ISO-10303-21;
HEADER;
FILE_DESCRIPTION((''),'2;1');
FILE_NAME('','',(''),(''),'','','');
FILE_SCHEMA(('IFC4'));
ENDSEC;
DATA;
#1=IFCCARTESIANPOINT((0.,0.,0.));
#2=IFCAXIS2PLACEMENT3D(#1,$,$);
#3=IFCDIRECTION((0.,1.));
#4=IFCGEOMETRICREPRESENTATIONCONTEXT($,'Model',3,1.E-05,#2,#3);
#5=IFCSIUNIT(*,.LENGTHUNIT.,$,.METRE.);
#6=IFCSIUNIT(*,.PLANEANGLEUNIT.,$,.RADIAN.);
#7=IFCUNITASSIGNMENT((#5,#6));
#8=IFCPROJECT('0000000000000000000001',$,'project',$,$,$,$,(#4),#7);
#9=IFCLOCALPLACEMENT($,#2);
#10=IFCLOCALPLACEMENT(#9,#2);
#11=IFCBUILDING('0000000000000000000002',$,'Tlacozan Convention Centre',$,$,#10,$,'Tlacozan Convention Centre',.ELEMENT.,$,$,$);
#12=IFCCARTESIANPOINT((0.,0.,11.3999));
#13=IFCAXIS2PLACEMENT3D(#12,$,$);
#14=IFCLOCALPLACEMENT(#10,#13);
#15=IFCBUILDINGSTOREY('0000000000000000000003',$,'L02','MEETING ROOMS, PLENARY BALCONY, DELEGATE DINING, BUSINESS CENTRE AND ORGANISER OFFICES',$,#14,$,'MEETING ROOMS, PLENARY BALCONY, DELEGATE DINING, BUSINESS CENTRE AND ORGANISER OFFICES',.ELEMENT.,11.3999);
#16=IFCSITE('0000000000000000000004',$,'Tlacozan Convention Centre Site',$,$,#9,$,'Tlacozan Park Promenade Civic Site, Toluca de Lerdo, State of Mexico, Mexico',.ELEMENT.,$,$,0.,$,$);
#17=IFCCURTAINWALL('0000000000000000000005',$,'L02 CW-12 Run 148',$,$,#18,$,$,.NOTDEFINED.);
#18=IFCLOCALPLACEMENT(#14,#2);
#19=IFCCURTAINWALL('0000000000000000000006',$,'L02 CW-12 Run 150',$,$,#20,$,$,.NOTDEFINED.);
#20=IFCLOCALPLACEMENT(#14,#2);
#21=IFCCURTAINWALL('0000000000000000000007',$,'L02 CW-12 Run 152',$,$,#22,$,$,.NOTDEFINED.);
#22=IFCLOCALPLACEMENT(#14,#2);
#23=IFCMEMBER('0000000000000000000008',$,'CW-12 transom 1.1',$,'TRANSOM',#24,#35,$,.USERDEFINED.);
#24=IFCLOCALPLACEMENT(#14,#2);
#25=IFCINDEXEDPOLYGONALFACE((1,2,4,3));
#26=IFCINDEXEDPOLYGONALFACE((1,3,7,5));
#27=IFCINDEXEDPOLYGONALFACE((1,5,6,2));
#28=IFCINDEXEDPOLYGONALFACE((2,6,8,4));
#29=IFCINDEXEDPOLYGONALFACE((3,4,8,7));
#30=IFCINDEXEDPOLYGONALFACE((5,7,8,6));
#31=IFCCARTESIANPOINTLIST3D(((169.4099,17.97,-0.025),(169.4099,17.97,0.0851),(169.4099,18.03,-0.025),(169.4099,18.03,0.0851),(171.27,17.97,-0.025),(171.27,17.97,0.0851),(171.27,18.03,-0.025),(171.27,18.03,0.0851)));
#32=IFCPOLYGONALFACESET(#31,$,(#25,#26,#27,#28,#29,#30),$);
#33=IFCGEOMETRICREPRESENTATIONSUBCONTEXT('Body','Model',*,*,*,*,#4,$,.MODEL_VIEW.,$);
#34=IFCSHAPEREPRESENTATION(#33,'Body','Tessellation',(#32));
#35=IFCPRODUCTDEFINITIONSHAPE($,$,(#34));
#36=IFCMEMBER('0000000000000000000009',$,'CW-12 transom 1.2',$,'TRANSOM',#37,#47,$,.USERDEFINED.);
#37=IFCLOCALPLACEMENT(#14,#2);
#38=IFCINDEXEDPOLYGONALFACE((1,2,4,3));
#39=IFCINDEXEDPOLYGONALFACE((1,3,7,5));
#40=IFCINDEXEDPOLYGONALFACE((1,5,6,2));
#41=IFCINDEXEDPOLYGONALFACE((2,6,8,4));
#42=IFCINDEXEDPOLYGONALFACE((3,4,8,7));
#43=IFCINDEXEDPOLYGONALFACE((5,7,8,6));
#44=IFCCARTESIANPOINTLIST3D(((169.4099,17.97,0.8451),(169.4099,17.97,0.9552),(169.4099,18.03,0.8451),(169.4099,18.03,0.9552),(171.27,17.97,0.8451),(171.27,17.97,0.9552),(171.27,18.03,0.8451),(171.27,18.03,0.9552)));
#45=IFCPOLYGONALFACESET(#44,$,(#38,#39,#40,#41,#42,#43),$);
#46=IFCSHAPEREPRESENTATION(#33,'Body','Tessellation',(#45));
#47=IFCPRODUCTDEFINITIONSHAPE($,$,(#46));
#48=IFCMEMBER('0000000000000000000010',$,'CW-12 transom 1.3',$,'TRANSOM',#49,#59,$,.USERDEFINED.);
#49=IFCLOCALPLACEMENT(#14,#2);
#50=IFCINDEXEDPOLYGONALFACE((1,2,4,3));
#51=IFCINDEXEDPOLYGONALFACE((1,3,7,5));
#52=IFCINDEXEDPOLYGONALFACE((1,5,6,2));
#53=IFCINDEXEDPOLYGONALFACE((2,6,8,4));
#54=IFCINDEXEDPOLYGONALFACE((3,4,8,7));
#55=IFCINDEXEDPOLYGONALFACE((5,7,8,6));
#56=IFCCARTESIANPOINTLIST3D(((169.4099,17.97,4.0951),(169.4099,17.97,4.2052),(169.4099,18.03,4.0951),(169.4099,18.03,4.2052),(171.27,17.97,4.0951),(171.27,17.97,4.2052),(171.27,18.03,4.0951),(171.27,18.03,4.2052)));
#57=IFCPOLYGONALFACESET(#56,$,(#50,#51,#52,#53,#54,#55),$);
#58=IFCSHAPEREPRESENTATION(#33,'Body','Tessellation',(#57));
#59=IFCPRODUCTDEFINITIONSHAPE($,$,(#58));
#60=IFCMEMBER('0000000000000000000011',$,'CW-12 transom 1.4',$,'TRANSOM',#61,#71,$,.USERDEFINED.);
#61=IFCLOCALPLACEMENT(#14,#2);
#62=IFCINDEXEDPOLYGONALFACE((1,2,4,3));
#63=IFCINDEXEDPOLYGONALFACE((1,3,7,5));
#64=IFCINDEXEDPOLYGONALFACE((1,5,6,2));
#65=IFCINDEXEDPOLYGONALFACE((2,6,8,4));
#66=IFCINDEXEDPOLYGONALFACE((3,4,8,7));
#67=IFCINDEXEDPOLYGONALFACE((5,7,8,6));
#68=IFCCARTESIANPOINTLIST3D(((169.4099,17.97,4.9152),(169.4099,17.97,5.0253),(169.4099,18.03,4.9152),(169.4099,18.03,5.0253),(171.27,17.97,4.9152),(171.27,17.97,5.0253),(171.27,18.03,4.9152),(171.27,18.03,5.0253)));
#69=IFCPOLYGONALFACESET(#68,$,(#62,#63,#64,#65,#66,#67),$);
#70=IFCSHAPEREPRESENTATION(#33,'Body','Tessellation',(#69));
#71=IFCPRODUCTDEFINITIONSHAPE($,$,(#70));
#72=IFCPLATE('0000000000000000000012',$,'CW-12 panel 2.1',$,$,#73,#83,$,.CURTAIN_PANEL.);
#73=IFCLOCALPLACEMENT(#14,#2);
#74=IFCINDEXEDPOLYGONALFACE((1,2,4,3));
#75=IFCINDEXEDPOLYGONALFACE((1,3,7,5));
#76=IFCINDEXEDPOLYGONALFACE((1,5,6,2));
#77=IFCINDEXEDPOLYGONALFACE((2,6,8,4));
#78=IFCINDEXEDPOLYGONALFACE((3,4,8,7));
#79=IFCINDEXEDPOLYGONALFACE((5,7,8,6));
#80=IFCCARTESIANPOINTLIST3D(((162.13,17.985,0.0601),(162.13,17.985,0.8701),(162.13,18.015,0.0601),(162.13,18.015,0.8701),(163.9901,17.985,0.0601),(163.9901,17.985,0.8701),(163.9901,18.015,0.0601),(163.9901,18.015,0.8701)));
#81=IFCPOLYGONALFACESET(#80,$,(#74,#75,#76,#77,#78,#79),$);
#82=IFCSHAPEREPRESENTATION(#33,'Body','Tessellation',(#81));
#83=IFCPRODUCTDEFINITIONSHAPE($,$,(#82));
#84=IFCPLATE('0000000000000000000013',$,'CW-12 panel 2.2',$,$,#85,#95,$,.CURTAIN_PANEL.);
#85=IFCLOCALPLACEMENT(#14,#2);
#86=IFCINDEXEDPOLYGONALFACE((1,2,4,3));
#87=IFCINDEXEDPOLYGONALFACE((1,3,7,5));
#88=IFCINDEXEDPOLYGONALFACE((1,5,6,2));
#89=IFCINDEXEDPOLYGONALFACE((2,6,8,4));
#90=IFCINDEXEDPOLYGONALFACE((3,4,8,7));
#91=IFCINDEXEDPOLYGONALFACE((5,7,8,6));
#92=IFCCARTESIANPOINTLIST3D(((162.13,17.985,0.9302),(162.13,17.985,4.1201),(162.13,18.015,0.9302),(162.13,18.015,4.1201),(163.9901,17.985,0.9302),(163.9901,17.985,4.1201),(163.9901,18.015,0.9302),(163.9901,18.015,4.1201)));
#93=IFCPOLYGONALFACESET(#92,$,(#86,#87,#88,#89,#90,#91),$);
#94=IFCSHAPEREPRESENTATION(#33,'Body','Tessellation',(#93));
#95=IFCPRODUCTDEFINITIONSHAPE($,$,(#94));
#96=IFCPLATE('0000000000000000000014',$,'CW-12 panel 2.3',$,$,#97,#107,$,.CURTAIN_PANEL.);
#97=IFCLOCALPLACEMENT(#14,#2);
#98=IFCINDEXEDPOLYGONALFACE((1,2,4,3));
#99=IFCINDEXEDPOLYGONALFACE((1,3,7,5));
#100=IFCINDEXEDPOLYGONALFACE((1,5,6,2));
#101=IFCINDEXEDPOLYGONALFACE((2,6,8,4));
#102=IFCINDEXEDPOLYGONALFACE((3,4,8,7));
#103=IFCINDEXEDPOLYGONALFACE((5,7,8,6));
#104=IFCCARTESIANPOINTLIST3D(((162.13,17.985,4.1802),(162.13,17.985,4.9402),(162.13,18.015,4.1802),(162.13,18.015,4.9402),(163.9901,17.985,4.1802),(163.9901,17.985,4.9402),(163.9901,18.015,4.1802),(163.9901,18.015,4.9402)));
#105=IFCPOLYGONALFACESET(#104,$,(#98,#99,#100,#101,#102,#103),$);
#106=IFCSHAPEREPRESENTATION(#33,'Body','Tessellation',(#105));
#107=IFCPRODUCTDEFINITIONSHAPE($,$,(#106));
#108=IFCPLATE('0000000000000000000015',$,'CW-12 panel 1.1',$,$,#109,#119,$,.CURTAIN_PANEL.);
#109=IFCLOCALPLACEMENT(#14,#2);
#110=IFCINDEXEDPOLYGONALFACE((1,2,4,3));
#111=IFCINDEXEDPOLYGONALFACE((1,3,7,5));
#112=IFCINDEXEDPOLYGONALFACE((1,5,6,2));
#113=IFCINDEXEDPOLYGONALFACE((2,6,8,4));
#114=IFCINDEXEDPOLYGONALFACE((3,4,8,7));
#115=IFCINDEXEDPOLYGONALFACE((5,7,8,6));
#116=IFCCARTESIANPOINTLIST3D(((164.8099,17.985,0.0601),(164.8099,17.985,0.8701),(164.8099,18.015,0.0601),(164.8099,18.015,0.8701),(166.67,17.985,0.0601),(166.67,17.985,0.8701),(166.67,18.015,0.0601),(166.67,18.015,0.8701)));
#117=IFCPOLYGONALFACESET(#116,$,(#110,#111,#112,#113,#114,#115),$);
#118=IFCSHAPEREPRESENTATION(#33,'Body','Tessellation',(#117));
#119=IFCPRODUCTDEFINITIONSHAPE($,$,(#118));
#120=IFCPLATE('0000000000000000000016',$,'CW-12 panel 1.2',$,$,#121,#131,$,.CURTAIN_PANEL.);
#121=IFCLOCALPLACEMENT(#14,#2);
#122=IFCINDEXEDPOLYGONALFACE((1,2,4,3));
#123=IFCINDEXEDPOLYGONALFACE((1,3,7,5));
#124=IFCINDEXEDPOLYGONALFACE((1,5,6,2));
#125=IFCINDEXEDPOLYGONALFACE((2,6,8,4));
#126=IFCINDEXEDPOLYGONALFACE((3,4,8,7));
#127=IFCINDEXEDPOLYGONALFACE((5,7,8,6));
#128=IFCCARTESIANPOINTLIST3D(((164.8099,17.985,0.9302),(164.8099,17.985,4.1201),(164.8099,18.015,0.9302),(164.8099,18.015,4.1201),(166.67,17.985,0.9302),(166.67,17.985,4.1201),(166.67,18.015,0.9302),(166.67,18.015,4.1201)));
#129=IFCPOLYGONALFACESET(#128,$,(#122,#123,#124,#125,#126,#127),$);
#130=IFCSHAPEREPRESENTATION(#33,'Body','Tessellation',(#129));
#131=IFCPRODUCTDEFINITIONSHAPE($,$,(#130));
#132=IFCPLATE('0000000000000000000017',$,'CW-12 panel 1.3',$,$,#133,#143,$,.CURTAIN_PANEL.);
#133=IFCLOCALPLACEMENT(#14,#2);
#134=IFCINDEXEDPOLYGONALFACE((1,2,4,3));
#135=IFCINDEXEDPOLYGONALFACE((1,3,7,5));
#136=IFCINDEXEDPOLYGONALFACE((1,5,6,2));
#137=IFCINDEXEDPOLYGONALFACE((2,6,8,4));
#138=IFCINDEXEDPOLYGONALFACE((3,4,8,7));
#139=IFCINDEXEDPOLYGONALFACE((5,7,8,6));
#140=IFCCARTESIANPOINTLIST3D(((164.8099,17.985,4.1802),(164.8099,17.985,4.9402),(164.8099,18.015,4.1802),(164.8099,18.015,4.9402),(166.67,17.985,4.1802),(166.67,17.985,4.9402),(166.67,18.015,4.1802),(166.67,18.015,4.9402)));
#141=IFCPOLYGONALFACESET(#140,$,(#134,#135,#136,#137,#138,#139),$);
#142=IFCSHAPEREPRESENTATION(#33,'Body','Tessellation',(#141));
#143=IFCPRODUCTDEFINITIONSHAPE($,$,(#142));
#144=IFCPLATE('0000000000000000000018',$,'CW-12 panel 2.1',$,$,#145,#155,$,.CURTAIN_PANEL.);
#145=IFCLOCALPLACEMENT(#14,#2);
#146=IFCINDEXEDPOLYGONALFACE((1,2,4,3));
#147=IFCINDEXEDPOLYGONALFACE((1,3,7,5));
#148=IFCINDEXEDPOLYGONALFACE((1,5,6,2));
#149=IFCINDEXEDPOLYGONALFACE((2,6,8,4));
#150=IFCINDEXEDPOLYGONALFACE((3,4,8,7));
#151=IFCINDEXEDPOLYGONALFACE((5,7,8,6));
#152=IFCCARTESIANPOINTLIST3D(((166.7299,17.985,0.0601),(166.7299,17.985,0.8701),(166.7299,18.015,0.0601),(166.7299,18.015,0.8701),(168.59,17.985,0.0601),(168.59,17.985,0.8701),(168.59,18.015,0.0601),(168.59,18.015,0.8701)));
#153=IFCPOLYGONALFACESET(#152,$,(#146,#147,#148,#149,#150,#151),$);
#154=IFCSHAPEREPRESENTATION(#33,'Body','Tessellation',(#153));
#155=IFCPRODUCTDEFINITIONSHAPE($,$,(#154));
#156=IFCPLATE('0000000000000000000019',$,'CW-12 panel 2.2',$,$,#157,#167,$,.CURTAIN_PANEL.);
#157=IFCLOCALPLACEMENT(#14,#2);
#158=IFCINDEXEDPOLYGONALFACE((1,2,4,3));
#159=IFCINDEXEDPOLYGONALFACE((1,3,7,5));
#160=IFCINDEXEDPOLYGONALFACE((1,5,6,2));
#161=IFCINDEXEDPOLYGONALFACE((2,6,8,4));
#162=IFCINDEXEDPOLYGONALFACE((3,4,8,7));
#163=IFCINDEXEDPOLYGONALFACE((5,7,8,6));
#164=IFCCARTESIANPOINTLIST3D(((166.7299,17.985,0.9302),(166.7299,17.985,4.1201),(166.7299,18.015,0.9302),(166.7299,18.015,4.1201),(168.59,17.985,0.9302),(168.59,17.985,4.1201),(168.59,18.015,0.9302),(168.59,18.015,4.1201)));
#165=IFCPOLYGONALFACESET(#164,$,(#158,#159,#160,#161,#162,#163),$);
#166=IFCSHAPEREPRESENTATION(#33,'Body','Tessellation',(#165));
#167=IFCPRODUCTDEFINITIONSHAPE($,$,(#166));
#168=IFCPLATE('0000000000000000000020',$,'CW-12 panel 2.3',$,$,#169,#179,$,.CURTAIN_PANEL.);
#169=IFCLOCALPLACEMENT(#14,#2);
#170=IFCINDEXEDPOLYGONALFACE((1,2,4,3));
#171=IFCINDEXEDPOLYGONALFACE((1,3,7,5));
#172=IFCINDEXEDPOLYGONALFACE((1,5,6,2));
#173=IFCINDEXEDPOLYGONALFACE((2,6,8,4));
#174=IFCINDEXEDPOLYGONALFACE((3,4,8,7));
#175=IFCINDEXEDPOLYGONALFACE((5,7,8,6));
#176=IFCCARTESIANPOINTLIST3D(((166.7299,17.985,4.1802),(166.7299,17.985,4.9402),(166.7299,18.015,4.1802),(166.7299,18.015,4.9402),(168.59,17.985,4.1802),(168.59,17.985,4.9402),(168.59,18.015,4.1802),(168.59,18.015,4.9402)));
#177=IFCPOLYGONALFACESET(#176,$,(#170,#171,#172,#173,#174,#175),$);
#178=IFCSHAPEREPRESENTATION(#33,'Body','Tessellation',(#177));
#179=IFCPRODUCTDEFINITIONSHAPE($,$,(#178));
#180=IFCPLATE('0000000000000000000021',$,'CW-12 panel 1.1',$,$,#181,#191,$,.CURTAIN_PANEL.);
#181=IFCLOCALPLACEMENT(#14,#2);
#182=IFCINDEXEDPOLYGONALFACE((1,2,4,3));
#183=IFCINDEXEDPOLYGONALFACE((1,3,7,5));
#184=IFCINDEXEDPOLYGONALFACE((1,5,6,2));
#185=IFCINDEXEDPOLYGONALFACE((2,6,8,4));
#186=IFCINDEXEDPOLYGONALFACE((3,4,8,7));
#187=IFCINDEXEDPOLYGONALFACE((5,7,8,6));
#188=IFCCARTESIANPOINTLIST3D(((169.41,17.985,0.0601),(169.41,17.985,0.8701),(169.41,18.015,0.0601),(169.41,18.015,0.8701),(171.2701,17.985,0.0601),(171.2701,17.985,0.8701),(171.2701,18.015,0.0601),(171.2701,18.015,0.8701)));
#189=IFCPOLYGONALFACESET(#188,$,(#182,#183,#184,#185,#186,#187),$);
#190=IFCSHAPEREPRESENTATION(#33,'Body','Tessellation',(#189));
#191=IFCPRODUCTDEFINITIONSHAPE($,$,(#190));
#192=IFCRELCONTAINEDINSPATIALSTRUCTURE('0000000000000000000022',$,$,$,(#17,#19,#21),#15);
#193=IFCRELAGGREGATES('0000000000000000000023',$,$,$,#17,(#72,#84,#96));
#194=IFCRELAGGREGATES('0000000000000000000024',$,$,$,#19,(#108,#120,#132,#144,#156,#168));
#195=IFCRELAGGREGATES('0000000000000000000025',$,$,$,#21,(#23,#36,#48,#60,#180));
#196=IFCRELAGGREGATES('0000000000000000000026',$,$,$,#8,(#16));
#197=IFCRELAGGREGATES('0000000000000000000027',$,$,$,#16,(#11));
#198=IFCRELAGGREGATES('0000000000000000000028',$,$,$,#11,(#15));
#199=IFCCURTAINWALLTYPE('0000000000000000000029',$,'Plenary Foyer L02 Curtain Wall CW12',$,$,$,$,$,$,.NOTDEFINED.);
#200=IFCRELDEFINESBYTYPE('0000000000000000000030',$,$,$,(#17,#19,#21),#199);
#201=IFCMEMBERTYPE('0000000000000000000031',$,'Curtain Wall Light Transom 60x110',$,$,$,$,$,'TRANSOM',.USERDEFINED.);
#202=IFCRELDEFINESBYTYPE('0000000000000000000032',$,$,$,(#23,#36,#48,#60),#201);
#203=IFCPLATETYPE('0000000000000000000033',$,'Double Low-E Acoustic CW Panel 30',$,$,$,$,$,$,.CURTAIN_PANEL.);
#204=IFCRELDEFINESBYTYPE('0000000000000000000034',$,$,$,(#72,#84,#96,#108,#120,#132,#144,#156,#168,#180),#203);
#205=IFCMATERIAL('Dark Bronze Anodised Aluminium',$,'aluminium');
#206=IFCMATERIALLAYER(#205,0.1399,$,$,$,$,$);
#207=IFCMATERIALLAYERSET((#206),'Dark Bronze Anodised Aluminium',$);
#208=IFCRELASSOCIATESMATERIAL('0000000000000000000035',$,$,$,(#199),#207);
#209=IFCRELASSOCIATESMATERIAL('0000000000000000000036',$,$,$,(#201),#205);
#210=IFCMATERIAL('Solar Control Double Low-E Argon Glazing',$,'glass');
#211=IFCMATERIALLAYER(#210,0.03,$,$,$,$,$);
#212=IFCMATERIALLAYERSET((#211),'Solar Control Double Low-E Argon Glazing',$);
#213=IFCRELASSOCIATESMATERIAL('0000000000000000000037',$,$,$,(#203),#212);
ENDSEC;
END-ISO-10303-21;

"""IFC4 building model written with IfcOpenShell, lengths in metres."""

from ifc_helpers import new_model, si_unit, direction, frame, origin, origin_2d, place, context, subcontext, project, spatial, rectangle, extrude, material, layer, layer_set, material_profile, profile_set, type_object, element, aggregate, save


model = new_model("IFC4")

# Units and contexts
model_context = context("Model", 3, precision=1e-05, world=origin(), true_north=direction((0.0, 1.0)))
body_context = subcontext(model_context, "Body", "Model", "MODEL_VIEW")
ifc_project = project(units=[si_unit("LENGTHUNIT", "METRE"), si_unit("PLANEANGLEUNIT", "RADIAN")], contexts=[model_context])

# Site, building, storey
site_placement = place(None, origin())
site = spatial("IfcSite", under=ifc_project, at=site_placement, Name="Tlacozan Convention Centre Site", LongName="Tlacozan Park Promenade Civic Site, Toluca de Lerdo, State of Mexico, Mexico", CompositionType="ELEMENT", RefElevation=0.0)
building_placement = place(site_placement, origin())
building = spatial("IfcBuilding", under=site, at=building_placement, Name="Tlacozan Convention Centre", LongName="Tlacozan Convention Centre", CompositionType="ELEMENT")
storey_placement = place(building_placement, frame((0.0, 0.0, 11.3999)))
storey = spatial("IfcBuildingStorey", under=building, at=storey_placement, Name="L02", Description="MEETING ROOMS, PLENARY BALCONY, DELEGATE DINING, BUSINESS CENTRE AND ORGANISER OFFICES", LongName="MEETING ROOMS, PLENARY BALCONY, DELEGATE DINING, BUSINESS CENTRE AND ORGANISER OFFICES", CompositionType="ELEMENT", Elevation=11.3999)

# Curtain wall
ifc_material_1 = material(Name="Dark Bronze Anodised Aluminium", Category="aluminium")
ifc_layer_1 = layer(ifc_material_1, 0.1399)
ifc_layer_set_1 = layer_set([ifc_layer_1], Name="Dark Bronze Anodised Aluminium")
curtain_wall_type = type_object("IfcCurtainWallType", Name="Plenary Foyer L02 Curtain Wall CW12", PredefinedType="NOTDEFINED", material=ifc_layer_set_1)
curtain_wall_1_placement = place(storey_placement, origin())
curtain_wall_1 = element("IfcCurtainWall", 1, at=curtain_wall_1_placement, inside=storey, type_object=curtain_wall_type, Name="L02 CW-12 Run 148", PredefinedType="NOTDEFINED")

# Curtain wall
curtain_wall_2_placement = place(storey_placement, origin())
curtain_wall_2 = element("IfcCurtainWall", 2, at=curtain_wall_2_placement, inside=storey, type_object=curtain_wall_type, Name="L02 CW-12 Run 150", PredefinedType="NOTDEFINED")

# Curtain wall
curtain_wall_3_placement = place(storey_placement, origin())
curtain_wall_3 = element("IfcCurtainWall", 3, at=curtain_wall_3_placement, inside=storey, type_object=curtain_wall_type, Name="L02 CW-12 Run 152", PredefinedType="NOTDEFINED")

# Members
ifc_material_profile_1 = material_profile(ifc_material_1, rectangle(XDim=0.0601, YDim=0.1101, at=origin_2d()), Name="ALU 60x110")
ifc_profile_set_1 = profile_set([ifc_material_profile_1], Name="Dark Bronze Anodised Aluminium")
member_type_1 = type_object("IfcMemberType", Name="Curtain Wall Light Transom 60x110", ElementType="TRANSOM", PredefinedType="USERDEFINED", material=ifc_profile_set_1)
member_1_placement = place(storey_placement, frame((169.4099, 18.0, 0.03), z_axis=(1.0, 0.0, 0.0), x_axis=(0.0, 1.0, 0.0)))
member_1 = element("IfcMember", 4, at=member_1_placement, type_object=member_type_1, Name="CW-12 transom 1.1", ObjectType="TRANSOM", PredefinedType="USERDEFINED", context=body_context, shape_type="SweptSolid", body=[
    extrude(rectangle(XDim=0.0601, YDim=0.1101, at=origin_2d()), origin(), (0.0, 0.0, 1.0), 1.8601),
])
member_2_placement = place(storey_placement, frame((169.4099, 18.0, 0.9001), z_axis=(1.0, 0.0, 0.0), x_axis=(0.0, 1.0, 0.0)))
member_2 = element("IfcMember", 5, at=member_2_placement, type_object=member_type_1, Name="CW-12 transom 1.2", ObjectType="TRANSOM", PredefinedType="USERDEFINED", context=body_context, shape_type="SweptSolid", body=[
    extrude(rectangle(XDim=0.0601, YDim=0.1101, at=origin_2d()), origin(), (0.0, 0.0, 1.0), 1.8601),
])
member_3_placement = place(storey_placement, frame((169.4099, 18.0, 4.1501), z_axis=(1.0, 0.0, 0.0), x_axis=(0.0, 1.0, 0.0)))
member_3 = element("IfcMember", 6, at=member_3_placement, type_object=member_type_1, Name="CW-12 transom 1.3", ObjectType="TRANSOM", PredefinedType="USERDEFINED", context=body_context, shape_type="SweptSolid", body=[
    extrude(rectangle(XDim=0.0601, YDim=0.1101, at=origin_2d()), origin(), (0.0, 0.0, 1.0), 1.8601),
])
member_4_placement = place(storey_placement, frame((169.4099, 18.0, 4.9702), z_axis=(1.0, 0.0, 0.0), x_axis=(0.0, 1.0, 0.0)))
member_4 = element("IfcMember", 7, at=member_4_placement, type_object=member_type_1, Name="CW-12 transom 1.4", ObjectType="TRANSOM", PredefinedType="USERDEFINED", context=body_context, shape_type="SweptSolid", body=[
    extrude(rectangle(XDim=0.0601, YDim=0.1101, at=origin_2d()), origin(), (0.0, 0.0, 1.0), 1.8601),
])

# Plates
ifc_material_2 = material(Name="Solar Control Double Low-E Argon Glazing", Category="glass")
ifc_layer_2 = layer(ifc_material_2, 0.03)
ifc_layer_set_2 = layer_set([ifc_layer_2], Name="Solar Control Double Low-E Argon Glazing")
plate_type = type_object("IfcPlateType", Name="Double Low-E Acoustic CW Panel 30", PredefinedType="CURTAIN_PANEL", material=ifc_layer_set_2)
plate_1_placement = place(storey_placement, frame((163.0601, 18.0, 0.0601), z_axis=(0.0, 0.0, 1.0), x_axis=(1.0, 0.0, 0.0)))
plate_1 = element("IfcPlate", 8, at=plate_1_placement, type_object=plate_type, Name="CW-12 panel 2.1", PredefinedType="CURTAIN_PANEL", context=body_context, shape_type="SweptSolid", body=[
    extrude(rectangle(XDim=1.8601, YDim=0.03, at=origin_2d()), origin(), (0.0, 0.0, 1.0), 0.8101),
])
plate_2_placement = place(storey_placement, frame((163.0601, 18.0, 0.9302), z_axis=(0.0, 0.0, 1.0), x_axis=(1.0, 0.0, 0.0)))
plate_2 = element("IfcPlate", 9, at=plate_2_placement, type_object=plate_type, Name="CW-12 panel 2.2", PredefinedType="CURTAIN_PANEL", context=body_context, shape_type="SweptSolid", body=[
    extrude(rectangle(XDim=1.8601, YDim=0.03, at=origin_2d()), origin(), (0.0, 0.0, 1.0), 3.1899),
])
plate_3_placement = place(storey_placement, frame((163.0601, 18.0, 4.1802), z_axis=(0.0, 0.0, 1.0), x_axis=(1.0, 0.0, 0.0)))
plate_3 = element("IfcPlate", 10, at=plate_3_placement, type_object=plate_type, Name="CW-12 panel 2.3", PredefinedType="CURTAIN_PANEL", context=body_context, shape_type="SweptSolid", body=[
    extrude(rectangle(XDim=1.8601, YDim=0.03, at=origin_2d()), origin(), (0.0, 0.0, 1.0), 0.76),
])
aggregate(curtain_wall_1, [plate_1, plate_2, plate_3])
plate_4_placement = place(storey_placement, frame((165.74, 18.0, 0.0601), z_axis=(0.0, 0.0, 1.0), x_axis=(1.0, 0.0, 0.0)))
plate_4 = element("IfcPlate", 11, at=plate_4_placement, type_object=plate_type, Name="CW-12 panel 1.1", PredefinedType="CURTAIN_PANEL", context=body_context, shape_type="SweptSolid", body=[
    extrude(rectangle(XDim=1.8601, YDim=0.03, at=origin_2d()), origin(), (0.0, 0.0, 1.0), 0.8101),
])
plate_5_placement = place(storey_placement, frame((165.74, 18.0, 0.9302), z_axis=(0.0, 0.0, 1.0), x_axis=(1.0, 0.0, 0.0)))
plate_5 = element("IfcPlate", 12, at=plate_5_placement, type_object=plate_type, Name="CW-12 panel 1.2", PredefinedType="CURTAIN_PANEL", context=body_context, shape_type="SweptSolid", body=[
    extrude(rectangle(XDim=1.8601, YDim=0.03, at=origin_2d()), origin(), (0.0, 0.0, 1.0), 3.1899),
])
plate_6_placement = place(storey_placement, frame((165.74, 18.0, 4.1802), z_axis=(0.0, 0.0, 1.0), x_axis=(1.0, 0.0, 0.0)))
plate_6 = element("IfcPlate", 13, at=plate_6_placement, type_object=plate_type, Name="CW-12 panel 1.3", PredefinedType="CURTAIN_PANEL", context=body_context, shape_type="SweptSolid", body=[
    extrude(rectangle(XDim=1.8601, YDim=0.03, at=origin_2d()), origin(), (0.0, 0.0, 1.0), 0.76),
])
plate_7_placement = place(storey_placement, frame((167.6599, 18.0, 0.0601), z_axis=(0.0, 0.0, 1.0), x_axis=(1.0, 0.0, 0.0)))
plate_7 = element("IfcPlate", 14, at=plate_7_placement, type_object=plate_type, Name="CW-12 panel 2.1", PredefinedType="CURTAIN_PANEL", context=body_context, shape_type="SweptSolid", body=[
    extrude(rectangle(XDim=1.8601, YDim=0.03, at=origin_2d()), origin(), (0.0, 0.0, 1.0), 0.8101),
])
plate_8_placement = place(storey_placement, frame((167.6599, 18.0, 0.9302), z_axis=(0.0, 0.0, 1.0), x_axis=(1.0, 0.0, 0.0)))
plate_8 = element("IfcPlate", 15, at=plate_8_placement, type_object=plate_type, Name="CW-12 panel 2.2", PredefinedType="CURTAIN_PANEL", context=body_context, shape_type="SweptSolid", body=[
    extrude(rectangle(XDim=1.8601, YDim=0.03, at=origin_2d()), origin(), (0.0, 0.0, 1.0), 3.1899),
])
plate_9_placement = place(storey_placement, frame((167.6599, 18.0, 4.1802), z_axis=(0.0, 0.0, 1.0), x_axis=(1.0, 0.0, 0.0)))
plate_9 = element("IfcPlate", 16, at=plate_9_placement, type_object=plate_type, Name="CW-12 panel 2.3", PredefinedType="CURTAIN_PANEL", context=body_context, shape_type="SweptSolid", body=[
    extrude(rectangle(XDim=1.8601, YDim=0.03, at=origin_2d()), origin(), (0.0, 0.0, 1.0), 0.76),
])
aggregate(curtain_wall_2, [plate_4, plate_5, plate_6, plate_7, plate_8, plate_9])
plate_10_placement = place(storey_placement, frame((170.3401, 18.0, 0.0601), z_axis=(0.0, 0.0, 1.0), x_axis=(1.0, 0.0, 0.0)))
plate_10 = element("IfcPlate", 17, at=plate_10_placement, type_object=plate_type, Name="CW-12 panel 1.1", PredefinedType="CURTAIN_PANEL", context=body_context, shape_type="SweptSolid", body=[
    extrude(rectangle(XDim=1.8601, YDim=0.03, at=origin_2d()), origin(), (0.0, 0.0, 1.0), 0.8101),
])
aggregate(curtain_wall_3, [member_1, member_2, member_3, member_4, plate_10])

save(model, "model.ifc")
